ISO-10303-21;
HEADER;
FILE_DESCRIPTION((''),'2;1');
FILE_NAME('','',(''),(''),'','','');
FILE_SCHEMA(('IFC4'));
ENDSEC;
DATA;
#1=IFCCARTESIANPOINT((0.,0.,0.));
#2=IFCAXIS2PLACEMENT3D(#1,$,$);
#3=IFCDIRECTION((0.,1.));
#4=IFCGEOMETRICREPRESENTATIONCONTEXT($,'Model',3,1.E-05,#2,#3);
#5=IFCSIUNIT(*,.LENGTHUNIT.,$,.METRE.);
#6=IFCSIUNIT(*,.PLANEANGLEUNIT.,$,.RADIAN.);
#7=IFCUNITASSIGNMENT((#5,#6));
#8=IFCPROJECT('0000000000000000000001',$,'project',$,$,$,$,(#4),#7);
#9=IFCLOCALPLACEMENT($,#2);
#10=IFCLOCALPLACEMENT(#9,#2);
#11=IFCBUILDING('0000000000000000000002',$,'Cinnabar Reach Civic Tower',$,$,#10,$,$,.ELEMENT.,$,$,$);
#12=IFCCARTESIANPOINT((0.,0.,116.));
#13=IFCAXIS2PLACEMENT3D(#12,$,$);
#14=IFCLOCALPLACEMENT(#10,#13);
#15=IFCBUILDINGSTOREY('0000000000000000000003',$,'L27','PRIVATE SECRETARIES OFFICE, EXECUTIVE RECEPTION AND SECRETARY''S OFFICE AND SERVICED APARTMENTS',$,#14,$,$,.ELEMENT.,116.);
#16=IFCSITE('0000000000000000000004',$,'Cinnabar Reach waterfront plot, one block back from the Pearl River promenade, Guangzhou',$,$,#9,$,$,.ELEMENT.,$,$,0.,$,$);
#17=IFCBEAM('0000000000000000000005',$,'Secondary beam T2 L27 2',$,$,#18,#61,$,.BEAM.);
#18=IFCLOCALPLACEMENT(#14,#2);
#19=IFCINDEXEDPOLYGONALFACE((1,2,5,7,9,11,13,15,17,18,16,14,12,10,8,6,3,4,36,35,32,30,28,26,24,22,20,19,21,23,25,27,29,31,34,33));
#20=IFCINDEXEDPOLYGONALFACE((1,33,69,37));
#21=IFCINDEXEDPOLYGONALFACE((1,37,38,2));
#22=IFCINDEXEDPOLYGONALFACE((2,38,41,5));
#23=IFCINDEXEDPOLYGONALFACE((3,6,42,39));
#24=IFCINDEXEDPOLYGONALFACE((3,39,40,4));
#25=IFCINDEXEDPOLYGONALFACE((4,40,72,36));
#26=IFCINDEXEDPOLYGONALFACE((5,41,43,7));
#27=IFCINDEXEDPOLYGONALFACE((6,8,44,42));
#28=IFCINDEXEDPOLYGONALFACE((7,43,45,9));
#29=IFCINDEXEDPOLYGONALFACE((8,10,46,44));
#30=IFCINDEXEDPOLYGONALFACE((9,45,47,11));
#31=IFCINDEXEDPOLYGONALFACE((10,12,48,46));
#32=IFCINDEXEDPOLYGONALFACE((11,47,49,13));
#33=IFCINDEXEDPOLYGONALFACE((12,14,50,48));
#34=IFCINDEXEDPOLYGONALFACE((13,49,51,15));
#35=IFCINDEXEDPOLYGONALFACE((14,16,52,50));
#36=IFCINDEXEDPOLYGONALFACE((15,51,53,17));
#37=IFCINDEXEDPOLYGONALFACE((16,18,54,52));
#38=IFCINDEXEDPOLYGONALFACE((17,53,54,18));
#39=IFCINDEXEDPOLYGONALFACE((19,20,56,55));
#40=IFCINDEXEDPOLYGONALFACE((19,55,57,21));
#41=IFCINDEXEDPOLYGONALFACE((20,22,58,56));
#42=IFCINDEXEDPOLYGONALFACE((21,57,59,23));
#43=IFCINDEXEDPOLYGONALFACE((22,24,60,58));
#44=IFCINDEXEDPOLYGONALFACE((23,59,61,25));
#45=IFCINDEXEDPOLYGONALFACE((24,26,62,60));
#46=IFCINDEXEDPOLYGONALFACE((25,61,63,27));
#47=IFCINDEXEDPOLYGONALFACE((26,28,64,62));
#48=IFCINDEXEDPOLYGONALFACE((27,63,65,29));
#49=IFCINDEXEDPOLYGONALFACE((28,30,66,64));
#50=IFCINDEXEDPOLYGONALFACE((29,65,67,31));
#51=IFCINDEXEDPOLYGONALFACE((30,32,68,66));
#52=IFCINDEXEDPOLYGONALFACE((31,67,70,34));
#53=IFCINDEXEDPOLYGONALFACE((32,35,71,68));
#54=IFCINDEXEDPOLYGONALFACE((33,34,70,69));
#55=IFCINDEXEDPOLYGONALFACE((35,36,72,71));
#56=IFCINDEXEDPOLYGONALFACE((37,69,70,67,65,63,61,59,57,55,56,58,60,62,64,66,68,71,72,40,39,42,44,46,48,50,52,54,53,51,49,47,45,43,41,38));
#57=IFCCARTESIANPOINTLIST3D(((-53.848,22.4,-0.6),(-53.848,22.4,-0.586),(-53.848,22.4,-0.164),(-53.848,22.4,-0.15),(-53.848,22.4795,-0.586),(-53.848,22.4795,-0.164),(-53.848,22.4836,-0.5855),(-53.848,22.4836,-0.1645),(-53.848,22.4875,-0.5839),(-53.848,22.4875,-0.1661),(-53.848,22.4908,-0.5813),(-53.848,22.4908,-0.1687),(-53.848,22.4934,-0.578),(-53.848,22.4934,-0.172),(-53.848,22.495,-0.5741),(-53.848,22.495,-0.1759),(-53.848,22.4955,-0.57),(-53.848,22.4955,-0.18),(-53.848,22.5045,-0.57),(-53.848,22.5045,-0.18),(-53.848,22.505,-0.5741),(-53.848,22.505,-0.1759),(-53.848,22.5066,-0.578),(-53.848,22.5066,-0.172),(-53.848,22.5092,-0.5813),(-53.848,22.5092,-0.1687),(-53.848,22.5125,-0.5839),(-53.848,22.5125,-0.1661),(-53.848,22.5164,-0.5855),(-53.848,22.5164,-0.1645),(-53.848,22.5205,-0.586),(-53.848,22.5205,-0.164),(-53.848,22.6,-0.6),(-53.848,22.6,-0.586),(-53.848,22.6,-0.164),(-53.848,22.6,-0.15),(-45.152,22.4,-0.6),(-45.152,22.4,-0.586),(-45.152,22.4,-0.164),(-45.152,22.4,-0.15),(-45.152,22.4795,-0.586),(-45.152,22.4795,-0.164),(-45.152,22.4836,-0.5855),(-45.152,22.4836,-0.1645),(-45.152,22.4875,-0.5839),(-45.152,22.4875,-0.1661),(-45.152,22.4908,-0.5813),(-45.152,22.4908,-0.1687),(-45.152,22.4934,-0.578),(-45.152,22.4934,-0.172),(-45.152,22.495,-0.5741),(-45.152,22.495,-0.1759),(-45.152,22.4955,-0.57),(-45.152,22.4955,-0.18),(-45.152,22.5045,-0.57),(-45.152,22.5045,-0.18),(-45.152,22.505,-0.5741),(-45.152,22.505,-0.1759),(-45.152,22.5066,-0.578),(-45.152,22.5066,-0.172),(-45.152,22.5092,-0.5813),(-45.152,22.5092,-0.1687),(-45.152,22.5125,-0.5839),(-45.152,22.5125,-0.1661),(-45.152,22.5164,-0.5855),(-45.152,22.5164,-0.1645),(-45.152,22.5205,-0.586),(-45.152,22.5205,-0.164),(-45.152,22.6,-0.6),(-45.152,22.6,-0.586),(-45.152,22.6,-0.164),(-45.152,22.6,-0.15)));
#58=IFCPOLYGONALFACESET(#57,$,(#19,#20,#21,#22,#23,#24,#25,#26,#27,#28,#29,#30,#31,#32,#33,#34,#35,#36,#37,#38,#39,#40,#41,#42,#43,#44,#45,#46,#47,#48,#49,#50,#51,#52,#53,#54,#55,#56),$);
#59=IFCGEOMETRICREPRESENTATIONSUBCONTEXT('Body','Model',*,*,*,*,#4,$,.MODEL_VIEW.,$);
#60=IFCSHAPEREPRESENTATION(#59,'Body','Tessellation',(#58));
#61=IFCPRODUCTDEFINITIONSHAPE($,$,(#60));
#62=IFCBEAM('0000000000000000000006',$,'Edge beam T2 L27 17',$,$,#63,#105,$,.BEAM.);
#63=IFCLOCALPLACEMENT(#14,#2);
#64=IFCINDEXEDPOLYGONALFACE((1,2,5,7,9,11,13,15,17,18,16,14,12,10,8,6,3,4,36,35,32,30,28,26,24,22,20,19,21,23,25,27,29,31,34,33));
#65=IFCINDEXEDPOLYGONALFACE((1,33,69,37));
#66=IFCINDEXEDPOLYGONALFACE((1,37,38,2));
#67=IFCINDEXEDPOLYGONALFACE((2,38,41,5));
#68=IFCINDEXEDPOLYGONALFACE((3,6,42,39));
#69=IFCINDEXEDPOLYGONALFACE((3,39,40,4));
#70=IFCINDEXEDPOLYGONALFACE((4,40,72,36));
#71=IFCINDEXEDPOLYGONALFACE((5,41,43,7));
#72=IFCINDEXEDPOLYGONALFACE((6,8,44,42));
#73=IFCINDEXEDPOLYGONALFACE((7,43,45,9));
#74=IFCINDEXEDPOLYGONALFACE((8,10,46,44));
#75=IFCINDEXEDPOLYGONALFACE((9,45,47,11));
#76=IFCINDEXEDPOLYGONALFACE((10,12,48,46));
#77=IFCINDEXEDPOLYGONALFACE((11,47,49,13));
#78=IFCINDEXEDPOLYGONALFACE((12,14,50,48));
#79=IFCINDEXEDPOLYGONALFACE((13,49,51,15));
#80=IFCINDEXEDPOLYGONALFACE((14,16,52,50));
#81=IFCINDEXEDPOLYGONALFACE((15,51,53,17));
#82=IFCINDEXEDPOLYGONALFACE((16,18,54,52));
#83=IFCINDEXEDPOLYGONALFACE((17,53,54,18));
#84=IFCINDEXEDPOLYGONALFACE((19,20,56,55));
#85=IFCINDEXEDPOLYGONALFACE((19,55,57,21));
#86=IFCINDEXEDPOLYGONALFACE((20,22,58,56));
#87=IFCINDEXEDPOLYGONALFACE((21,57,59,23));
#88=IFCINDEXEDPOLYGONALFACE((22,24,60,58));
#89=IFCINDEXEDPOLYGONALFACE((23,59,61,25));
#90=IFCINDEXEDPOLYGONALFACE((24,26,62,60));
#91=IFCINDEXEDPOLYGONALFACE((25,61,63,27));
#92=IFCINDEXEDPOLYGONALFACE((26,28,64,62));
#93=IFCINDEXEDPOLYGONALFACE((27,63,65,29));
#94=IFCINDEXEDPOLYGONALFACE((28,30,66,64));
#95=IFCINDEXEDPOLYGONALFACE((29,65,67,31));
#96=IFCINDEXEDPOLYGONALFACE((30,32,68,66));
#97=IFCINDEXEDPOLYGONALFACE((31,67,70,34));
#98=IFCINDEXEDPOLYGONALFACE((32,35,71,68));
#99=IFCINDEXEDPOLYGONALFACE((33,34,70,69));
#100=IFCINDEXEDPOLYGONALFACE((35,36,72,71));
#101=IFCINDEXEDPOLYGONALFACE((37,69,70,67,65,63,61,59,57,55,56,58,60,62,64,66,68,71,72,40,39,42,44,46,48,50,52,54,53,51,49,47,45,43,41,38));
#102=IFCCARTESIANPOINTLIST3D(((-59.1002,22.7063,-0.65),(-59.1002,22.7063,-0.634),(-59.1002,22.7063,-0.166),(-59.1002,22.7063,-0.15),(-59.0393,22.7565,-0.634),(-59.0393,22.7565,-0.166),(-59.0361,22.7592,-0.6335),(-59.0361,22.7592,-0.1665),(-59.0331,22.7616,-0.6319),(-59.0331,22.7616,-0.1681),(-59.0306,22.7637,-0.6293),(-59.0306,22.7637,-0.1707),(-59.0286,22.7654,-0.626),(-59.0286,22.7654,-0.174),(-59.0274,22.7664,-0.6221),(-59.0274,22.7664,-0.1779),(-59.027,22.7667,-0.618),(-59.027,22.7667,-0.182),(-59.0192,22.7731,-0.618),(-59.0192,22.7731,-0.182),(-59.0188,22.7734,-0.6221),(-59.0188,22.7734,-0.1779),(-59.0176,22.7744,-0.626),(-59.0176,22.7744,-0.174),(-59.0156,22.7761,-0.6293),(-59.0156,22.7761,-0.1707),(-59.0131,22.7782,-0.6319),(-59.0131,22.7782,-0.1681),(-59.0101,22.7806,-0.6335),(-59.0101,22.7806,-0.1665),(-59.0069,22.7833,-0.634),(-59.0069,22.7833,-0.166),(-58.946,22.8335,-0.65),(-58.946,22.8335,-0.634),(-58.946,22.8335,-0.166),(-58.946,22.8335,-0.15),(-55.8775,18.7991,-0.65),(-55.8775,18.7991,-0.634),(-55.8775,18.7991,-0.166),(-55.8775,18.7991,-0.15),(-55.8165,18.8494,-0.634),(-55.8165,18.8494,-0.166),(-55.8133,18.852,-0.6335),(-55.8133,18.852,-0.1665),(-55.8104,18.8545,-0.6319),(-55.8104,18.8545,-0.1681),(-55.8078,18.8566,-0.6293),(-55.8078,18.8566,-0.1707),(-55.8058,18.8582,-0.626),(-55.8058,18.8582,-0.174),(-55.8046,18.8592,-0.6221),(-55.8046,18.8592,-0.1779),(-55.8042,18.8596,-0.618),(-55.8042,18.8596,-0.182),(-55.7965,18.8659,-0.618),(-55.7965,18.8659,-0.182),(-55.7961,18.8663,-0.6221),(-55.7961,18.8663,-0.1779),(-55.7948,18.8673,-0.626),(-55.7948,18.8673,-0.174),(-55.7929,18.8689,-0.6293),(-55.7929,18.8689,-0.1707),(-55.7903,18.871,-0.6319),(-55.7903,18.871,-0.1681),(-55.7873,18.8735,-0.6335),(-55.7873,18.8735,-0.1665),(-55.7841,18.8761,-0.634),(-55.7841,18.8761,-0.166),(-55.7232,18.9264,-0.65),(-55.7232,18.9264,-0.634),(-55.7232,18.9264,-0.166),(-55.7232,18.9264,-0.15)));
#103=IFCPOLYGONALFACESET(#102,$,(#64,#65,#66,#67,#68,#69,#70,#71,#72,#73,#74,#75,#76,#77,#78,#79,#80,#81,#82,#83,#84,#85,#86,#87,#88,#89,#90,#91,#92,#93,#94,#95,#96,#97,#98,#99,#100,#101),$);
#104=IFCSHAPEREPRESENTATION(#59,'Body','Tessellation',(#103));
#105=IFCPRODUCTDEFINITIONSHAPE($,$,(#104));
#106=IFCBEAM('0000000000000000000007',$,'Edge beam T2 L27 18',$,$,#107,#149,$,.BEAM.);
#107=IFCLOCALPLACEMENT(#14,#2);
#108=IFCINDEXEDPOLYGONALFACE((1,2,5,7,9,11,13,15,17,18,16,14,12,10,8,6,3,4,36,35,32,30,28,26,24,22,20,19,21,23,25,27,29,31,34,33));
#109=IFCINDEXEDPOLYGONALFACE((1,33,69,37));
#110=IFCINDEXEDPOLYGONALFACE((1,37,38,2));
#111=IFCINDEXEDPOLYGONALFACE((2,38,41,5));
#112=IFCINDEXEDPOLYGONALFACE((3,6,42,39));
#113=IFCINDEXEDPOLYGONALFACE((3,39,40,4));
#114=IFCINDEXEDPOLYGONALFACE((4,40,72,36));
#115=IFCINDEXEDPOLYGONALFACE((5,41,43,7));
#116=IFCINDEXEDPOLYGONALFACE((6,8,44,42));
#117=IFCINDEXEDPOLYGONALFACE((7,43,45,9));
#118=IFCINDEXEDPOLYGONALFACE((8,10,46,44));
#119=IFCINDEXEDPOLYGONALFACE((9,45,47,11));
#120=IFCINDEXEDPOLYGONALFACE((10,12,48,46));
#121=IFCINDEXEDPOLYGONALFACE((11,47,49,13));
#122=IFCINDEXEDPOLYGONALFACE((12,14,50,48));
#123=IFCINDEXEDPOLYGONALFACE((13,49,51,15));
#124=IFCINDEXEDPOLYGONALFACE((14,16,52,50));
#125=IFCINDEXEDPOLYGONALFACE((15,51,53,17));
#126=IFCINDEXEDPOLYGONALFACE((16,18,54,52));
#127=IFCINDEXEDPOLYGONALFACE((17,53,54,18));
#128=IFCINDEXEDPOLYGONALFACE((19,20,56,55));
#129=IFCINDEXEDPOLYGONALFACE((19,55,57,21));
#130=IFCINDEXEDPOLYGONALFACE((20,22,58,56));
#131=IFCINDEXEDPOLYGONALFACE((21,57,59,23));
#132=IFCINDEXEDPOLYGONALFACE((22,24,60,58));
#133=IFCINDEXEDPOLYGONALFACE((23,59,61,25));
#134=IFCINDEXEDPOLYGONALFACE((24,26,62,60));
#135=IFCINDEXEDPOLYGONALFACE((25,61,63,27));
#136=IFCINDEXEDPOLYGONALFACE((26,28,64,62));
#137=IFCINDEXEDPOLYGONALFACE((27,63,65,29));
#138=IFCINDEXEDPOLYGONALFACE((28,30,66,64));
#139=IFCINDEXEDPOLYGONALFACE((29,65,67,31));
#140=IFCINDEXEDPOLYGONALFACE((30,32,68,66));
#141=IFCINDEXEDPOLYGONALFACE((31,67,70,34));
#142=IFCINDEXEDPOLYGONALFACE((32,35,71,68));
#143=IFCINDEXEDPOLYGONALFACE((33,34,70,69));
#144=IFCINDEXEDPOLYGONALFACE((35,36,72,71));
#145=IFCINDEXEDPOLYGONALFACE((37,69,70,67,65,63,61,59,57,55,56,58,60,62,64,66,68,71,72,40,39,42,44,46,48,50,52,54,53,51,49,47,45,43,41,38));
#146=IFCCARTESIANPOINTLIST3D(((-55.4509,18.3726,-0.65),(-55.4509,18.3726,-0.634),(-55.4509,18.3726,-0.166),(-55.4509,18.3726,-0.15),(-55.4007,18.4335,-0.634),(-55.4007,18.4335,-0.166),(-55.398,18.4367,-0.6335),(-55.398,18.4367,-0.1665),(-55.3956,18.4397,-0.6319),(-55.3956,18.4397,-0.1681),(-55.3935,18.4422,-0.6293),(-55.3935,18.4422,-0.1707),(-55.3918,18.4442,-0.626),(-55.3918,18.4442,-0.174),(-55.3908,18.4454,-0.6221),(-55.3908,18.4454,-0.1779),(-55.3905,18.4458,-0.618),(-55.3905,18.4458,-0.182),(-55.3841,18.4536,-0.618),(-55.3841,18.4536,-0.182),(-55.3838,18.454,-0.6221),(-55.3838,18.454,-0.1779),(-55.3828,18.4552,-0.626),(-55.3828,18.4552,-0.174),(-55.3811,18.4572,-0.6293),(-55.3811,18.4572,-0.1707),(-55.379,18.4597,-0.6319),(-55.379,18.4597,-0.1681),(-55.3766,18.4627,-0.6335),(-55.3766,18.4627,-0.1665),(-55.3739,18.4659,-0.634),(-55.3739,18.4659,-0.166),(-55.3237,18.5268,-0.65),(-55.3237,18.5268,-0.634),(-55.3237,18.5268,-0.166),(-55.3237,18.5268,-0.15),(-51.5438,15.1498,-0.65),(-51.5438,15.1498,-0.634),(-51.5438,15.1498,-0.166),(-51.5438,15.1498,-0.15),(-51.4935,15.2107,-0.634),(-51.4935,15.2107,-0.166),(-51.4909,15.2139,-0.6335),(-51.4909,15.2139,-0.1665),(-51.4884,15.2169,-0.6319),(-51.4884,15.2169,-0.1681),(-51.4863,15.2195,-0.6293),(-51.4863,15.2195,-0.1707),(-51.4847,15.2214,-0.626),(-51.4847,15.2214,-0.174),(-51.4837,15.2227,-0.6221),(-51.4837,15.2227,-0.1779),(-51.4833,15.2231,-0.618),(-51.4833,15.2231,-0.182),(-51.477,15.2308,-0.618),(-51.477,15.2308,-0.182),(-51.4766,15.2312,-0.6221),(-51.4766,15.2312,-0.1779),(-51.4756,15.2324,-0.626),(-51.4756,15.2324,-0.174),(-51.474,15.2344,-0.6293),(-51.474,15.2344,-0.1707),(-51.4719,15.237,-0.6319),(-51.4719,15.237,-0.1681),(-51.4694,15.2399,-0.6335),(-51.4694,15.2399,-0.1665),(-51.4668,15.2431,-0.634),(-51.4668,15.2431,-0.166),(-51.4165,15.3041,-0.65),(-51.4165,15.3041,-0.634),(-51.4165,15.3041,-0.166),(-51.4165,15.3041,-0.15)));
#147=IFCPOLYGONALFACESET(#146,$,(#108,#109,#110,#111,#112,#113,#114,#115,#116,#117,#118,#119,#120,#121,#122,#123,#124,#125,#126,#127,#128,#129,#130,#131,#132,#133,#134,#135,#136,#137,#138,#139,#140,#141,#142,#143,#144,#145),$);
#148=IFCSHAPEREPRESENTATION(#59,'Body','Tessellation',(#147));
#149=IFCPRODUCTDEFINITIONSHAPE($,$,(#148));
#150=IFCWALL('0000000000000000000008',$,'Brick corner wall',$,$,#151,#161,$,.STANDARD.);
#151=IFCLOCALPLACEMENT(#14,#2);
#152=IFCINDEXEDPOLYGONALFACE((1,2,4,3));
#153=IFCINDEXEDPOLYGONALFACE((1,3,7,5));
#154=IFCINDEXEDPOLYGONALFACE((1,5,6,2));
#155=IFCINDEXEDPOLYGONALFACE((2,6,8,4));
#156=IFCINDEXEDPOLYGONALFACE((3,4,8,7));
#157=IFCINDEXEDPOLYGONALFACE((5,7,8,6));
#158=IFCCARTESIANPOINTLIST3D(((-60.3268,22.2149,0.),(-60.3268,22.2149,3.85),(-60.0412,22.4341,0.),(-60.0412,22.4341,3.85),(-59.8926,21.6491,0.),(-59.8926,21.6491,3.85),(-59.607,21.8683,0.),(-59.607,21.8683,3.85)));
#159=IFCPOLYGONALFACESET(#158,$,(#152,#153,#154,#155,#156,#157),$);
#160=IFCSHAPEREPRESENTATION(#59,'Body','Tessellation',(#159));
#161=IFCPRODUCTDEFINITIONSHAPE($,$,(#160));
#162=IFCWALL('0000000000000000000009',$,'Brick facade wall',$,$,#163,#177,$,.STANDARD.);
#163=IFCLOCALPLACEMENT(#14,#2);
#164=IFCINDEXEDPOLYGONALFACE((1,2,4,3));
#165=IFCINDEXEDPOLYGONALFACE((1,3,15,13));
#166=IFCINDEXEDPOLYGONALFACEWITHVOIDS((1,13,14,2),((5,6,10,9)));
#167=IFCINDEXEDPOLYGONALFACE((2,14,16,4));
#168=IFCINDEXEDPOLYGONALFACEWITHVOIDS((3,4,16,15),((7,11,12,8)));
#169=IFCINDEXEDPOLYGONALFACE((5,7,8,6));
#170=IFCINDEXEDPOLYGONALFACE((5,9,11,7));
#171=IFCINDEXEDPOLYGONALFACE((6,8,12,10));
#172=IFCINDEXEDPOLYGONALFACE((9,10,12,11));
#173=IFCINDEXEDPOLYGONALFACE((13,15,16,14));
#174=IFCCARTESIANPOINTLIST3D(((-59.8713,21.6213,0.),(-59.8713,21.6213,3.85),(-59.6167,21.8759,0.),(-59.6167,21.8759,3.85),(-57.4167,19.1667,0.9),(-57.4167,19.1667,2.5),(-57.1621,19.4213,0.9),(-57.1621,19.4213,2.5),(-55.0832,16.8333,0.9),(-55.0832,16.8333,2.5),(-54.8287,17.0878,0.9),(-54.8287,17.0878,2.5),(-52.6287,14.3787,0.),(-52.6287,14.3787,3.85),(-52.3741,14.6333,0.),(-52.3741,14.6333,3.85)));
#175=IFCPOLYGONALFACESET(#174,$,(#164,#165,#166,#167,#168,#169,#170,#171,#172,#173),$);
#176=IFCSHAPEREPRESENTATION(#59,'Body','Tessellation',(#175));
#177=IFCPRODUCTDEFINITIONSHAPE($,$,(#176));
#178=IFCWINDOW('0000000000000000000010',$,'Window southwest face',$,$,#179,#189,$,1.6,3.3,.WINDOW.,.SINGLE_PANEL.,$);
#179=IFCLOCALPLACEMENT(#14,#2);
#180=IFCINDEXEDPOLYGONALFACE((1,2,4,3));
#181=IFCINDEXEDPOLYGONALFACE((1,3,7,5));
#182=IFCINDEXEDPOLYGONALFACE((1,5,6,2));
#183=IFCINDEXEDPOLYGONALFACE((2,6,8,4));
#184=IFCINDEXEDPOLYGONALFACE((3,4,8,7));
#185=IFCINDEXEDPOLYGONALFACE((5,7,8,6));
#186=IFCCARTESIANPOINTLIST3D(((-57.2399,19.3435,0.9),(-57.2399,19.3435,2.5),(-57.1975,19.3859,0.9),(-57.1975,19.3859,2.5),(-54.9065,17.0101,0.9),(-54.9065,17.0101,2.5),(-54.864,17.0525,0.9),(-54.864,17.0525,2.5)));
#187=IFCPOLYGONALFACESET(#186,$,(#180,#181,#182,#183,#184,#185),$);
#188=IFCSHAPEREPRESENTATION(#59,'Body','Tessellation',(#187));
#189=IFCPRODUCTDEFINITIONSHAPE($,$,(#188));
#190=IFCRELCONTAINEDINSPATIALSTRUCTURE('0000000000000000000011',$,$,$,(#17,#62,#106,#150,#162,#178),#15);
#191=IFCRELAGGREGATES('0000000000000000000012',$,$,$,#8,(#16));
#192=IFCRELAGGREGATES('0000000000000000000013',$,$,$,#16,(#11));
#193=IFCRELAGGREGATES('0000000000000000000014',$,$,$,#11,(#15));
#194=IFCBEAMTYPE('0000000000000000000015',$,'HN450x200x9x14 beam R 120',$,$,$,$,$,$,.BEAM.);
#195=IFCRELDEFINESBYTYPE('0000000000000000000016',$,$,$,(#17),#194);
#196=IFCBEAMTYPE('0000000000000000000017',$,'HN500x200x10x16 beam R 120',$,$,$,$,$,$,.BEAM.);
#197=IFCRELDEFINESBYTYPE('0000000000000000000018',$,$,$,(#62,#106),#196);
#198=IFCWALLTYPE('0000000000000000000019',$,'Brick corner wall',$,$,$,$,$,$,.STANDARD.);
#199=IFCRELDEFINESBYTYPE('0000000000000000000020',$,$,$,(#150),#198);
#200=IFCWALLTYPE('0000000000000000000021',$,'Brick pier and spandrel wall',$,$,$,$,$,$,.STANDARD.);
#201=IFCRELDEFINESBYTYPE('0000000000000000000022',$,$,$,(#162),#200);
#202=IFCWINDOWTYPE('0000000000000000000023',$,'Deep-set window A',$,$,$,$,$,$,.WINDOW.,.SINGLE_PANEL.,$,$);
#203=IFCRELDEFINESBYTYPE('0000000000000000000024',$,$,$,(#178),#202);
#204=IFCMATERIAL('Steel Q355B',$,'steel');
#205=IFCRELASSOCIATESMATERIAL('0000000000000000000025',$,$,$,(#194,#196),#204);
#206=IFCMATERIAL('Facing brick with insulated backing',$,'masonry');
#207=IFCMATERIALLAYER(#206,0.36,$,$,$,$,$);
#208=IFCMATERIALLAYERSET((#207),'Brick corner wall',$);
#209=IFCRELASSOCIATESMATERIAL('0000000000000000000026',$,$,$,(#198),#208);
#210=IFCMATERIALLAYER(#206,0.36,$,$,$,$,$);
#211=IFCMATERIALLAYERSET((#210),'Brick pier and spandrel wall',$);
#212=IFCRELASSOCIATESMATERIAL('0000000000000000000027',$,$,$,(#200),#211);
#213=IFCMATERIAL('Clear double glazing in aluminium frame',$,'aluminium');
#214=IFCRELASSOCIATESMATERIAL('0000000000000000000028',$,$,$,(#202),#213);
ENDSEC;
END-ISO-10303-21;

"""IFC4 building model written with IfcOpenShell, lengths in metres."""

from ifc_helpers import new_model, si_unit, direction, frame, frame_2d, origin, origin_2d, place, context, subcontext, project, spatial, rectangle, i_section, extrude, material, layer, layer_set, material_profile, profile_set, type_object, element, fill, save


model = new_model("IFC4")

# Units and contexts
model_context = context("Model", 3, precision=1e-05, world=origin(), true_north=direction((0.0, 1.0)))
body_context = subcontext(model_context, "Body", "Model", "MODEL_VIEW")
ifc_project = project(units=[si_unit("LENGTHUNIT", "METRE"), si_unit("PLANEANGLEUNIT", "RADIAN")], contexts=[model_context])

# Site, building, storey
site_placement = place(None, origin())
site = spatial("IfcSite", under=ifc_project, at=site_placement, Name="Cinnabar Reach waterfront plot, one block back from the Pearl River promenade, Guangzhou", CompositionType="ELEMENT", RefElevation=0.0)
building_placement = place(site_placement, origin())
building = spatial("IfcBuilding", under=site, at=building_placement, Name="Cinnabar Reach Civic Tower", CompositionType="ELEMENT")
storey_placement = place(building_placement, frame((0.0, 0.0, 116.0)))
storey = spatial("IfcBuildingStorey", under=building, at=storey_placement, Name="L27", Description="PRIVATE SECRETARIES OFFICE, EXECUTIVE RECEPTION AND SECRETARY'S OFFICE AND SERVICED APARTMENTS", CompositionType="ELEMENT", Elevation=116.0)

# Beams
ifc_material_1 = material(Name="Steel Q355B", Category="steel")
ifc_material_profile_1 = material_profile(ifc_material_1, i_section(OverallWidth=0.2, OverallDepth=0.45, WebThickness=0.009, FlangeThickness=0.014, FilletRadius=0.016, at=origin_2d()), Name="HN450x200x9x14")
ifc_profile_set_1 = profile_set([ifc_material_profile_1], Name="Steel Q355B")
beam_type_1 = type_object("IfcBeamType", Name="HN450x200x9x14 beam R 120", PredefinedType="BEAM", material=ifc_profile_set_1)
beam_1_placement = place(storey_placement, frame((-53.848, 22.5, -0.375), z_axis=(1.0, 0.0, 0.0), x_axis=(0.0, 1.0, 0.0)))
element("IfcBeam", 1, at=beam_1_placement, inside=storey, type_object=beam_type_1, Name="Secondary beam T2 L27 2", PredefinedType="BEAM", context=body_context, shape_type="SweptSolid", body=[
    extrude(i_section(OverallWidth=0.2, OverallDepth=0.45, WebThickness=0.009, FlangeThickness=0.014, FilletRadius=0.016, at=origin_2d()), origin(), (0.0, 0.0, 1.0), 8.696),
])
ifc_material_profile_2 = material_profile(ifc_material_1, i_section(OverallWidth=0.2, OverallDepth=0.5, WebThickness=0.01, FlangeThickness=0.016, FilletRadius=0.016, at=origin_2d()), Name="HN500x200x10x16")
ifc_profile_set_2 = profile_set([ifc_material_profile_2], Name="Steel Q355B")
beam_type_2 = type_object("IfcBeamType", Name="HN500x200x10x16 beam R 120", PredefinedType="BEAM", material=ifc_profile_set_2)
for number, where, z_axis, x_axis, name in (
    (2, (-59.0231, 22.7699, -0.4), (0.636308, -0.771435, 0.0), (0.771435, 0.636308, 0.0), "Edge beam T2 L27 17"),
    (3, (-55.3873, 18.4497, -0.4), (0.771435, -0.636308, 0.0), (0.636308, 0.771435, 0.0), "Edge beam T2 L27 18"),
):
    element("IfcBeam", number, at=place(storey_placement, frame(where, z_axis=z_axis, x_axis=x_axis)), inside=storey, type_object=beam_type_2, Name=name, PredefinedType="BEAM", context=body_context, shape_type="SweptSolid", body=[
        extrude(i_section(OverallWidth=0.2, OverallDepth=0.5, WebThickness=0.01, FlangeThickness=0.016, FilletRadius=0.016, at=origin_2d()), origin(), (0.0, 0.0, 1.0), 5.0648),
    ])

# Wall
ifc_material_2 = material(Name="Facing brick with insulated backing", Category="masonry")
ifc_layer_1 = layer(ifc_material_2, 0.36)
ifc_layer_set_1 = layer_set([ifc_layer_1], Name="Brick corner wall")
wall_type_1 = type_object("IfcWallType", Name="Brick corner wall", PredefinedType="STANDARD", material=ifc_layer_set_1)
wall_1_placement = place(storey_placement, frame((-60.184, 22.3245, 0.0), z_axis=(0.0, 0.0, 1.0), x_axis=(0.608802, -0.793322, 0.0)))
element("IfcWall", 4, at=wall_1_placement, inside=storey, type_object=wall_type_1, Name="Brick corner wall", PredefinedType="STANDARD", context=body_context, shape_type="SweptSolid", body=[
    extrude(rectangle(XDim=0.7132, YDim=0.36, at=frame_2d((0.3566, 0.0))), origin(), (0.0, 0.0, 1.0), 3.85),
])

# Wall, opening, window
ifc_layer_2 = layer(ifc_material_2, 0.36)
ifc_layer_set_2 = layer_set([ifc_layer_2], Name="Brick pier and spandrel wall")
wall_type_2 = type_object("IfcWallType", Name="Brick pier and spandrel wall", PredefinedType="STANDARD", material=ifc_layer_set_2)
wall_2_placement = place(storey_placement, frame((-59.744, 21.7486, 0.0), z_axis=(0.0, 0.0, 1.0), x_axis=(0.707107, -0.707107, 0.0)))
wall_2 = element("IfcWall", 5, at=wall_2_placement, inside=storey, type_object=wall_type_2, Name="Brick facade wall", PredefinedType="STANDARD", context=body_context, shape_type="SweptSolid", body=[
    extrude(rectangle(XDim=10.2426, YDim=0.36, at=frame_2d((5.1213, 0.0))), origin(), (0.0, 0.0, 1.0), 3.85),
])
opening_1_placement = place(wall_2_placement, frame((3.4713, 0.0, 0.9)))
opening_1 = element("IfcOpeningElement", 6, at=opening_1_placement, cuts=wall_2, PredefinedType="OPENING", context=body_context, shape_type="SweptSolid", body=[
    extrude(rectangle(XDim=3.3, YDim=1.6, at=frame_2d((1.65, 0.8))), frame((0.0, 0.19, 0.0), z_axis=(0.0, -1.0, 0.0), x_axis=(1.0, 0.0, 0.0)), (0.0, 0.0, 1.0), 0.38),
])
ifc_material_3 = material(Name="Clear double glazing in aluminium frame", Category="aluminium")
window_type = type_object("IfcWindowType", Name="Deep-set window A", PartitioningType="SINGLE_PANEL", PredefinedType="WINDOW", material=ifc_material_3)
window_placement = place(opening_1_placement, origin())
window = element("IfcWindow", 7, at=window_placement, inside=storey, type_object=window_type, Name="Window southwest face", OverallHeight=1.6, OverallWidth=3.3, PartitioningType="SINGLE_PANEL", PredefinedType="WINDOW", context=body_context, shape_type="SweptSolid", body=[
    extrude(rectangle(XDim=3.3, YDim=1.6, at=frame_2d((1.65, 0.8))), frame((0.0, 0.13, 0.0), z_axis=(0.0, -1.0, 0.0), x_axis=(1.0, 0.0, 0.0)), (0.0, 0.0, 1.0), 0.06),
])
fill(opening_1, window)

save(model, "model.ifc")
